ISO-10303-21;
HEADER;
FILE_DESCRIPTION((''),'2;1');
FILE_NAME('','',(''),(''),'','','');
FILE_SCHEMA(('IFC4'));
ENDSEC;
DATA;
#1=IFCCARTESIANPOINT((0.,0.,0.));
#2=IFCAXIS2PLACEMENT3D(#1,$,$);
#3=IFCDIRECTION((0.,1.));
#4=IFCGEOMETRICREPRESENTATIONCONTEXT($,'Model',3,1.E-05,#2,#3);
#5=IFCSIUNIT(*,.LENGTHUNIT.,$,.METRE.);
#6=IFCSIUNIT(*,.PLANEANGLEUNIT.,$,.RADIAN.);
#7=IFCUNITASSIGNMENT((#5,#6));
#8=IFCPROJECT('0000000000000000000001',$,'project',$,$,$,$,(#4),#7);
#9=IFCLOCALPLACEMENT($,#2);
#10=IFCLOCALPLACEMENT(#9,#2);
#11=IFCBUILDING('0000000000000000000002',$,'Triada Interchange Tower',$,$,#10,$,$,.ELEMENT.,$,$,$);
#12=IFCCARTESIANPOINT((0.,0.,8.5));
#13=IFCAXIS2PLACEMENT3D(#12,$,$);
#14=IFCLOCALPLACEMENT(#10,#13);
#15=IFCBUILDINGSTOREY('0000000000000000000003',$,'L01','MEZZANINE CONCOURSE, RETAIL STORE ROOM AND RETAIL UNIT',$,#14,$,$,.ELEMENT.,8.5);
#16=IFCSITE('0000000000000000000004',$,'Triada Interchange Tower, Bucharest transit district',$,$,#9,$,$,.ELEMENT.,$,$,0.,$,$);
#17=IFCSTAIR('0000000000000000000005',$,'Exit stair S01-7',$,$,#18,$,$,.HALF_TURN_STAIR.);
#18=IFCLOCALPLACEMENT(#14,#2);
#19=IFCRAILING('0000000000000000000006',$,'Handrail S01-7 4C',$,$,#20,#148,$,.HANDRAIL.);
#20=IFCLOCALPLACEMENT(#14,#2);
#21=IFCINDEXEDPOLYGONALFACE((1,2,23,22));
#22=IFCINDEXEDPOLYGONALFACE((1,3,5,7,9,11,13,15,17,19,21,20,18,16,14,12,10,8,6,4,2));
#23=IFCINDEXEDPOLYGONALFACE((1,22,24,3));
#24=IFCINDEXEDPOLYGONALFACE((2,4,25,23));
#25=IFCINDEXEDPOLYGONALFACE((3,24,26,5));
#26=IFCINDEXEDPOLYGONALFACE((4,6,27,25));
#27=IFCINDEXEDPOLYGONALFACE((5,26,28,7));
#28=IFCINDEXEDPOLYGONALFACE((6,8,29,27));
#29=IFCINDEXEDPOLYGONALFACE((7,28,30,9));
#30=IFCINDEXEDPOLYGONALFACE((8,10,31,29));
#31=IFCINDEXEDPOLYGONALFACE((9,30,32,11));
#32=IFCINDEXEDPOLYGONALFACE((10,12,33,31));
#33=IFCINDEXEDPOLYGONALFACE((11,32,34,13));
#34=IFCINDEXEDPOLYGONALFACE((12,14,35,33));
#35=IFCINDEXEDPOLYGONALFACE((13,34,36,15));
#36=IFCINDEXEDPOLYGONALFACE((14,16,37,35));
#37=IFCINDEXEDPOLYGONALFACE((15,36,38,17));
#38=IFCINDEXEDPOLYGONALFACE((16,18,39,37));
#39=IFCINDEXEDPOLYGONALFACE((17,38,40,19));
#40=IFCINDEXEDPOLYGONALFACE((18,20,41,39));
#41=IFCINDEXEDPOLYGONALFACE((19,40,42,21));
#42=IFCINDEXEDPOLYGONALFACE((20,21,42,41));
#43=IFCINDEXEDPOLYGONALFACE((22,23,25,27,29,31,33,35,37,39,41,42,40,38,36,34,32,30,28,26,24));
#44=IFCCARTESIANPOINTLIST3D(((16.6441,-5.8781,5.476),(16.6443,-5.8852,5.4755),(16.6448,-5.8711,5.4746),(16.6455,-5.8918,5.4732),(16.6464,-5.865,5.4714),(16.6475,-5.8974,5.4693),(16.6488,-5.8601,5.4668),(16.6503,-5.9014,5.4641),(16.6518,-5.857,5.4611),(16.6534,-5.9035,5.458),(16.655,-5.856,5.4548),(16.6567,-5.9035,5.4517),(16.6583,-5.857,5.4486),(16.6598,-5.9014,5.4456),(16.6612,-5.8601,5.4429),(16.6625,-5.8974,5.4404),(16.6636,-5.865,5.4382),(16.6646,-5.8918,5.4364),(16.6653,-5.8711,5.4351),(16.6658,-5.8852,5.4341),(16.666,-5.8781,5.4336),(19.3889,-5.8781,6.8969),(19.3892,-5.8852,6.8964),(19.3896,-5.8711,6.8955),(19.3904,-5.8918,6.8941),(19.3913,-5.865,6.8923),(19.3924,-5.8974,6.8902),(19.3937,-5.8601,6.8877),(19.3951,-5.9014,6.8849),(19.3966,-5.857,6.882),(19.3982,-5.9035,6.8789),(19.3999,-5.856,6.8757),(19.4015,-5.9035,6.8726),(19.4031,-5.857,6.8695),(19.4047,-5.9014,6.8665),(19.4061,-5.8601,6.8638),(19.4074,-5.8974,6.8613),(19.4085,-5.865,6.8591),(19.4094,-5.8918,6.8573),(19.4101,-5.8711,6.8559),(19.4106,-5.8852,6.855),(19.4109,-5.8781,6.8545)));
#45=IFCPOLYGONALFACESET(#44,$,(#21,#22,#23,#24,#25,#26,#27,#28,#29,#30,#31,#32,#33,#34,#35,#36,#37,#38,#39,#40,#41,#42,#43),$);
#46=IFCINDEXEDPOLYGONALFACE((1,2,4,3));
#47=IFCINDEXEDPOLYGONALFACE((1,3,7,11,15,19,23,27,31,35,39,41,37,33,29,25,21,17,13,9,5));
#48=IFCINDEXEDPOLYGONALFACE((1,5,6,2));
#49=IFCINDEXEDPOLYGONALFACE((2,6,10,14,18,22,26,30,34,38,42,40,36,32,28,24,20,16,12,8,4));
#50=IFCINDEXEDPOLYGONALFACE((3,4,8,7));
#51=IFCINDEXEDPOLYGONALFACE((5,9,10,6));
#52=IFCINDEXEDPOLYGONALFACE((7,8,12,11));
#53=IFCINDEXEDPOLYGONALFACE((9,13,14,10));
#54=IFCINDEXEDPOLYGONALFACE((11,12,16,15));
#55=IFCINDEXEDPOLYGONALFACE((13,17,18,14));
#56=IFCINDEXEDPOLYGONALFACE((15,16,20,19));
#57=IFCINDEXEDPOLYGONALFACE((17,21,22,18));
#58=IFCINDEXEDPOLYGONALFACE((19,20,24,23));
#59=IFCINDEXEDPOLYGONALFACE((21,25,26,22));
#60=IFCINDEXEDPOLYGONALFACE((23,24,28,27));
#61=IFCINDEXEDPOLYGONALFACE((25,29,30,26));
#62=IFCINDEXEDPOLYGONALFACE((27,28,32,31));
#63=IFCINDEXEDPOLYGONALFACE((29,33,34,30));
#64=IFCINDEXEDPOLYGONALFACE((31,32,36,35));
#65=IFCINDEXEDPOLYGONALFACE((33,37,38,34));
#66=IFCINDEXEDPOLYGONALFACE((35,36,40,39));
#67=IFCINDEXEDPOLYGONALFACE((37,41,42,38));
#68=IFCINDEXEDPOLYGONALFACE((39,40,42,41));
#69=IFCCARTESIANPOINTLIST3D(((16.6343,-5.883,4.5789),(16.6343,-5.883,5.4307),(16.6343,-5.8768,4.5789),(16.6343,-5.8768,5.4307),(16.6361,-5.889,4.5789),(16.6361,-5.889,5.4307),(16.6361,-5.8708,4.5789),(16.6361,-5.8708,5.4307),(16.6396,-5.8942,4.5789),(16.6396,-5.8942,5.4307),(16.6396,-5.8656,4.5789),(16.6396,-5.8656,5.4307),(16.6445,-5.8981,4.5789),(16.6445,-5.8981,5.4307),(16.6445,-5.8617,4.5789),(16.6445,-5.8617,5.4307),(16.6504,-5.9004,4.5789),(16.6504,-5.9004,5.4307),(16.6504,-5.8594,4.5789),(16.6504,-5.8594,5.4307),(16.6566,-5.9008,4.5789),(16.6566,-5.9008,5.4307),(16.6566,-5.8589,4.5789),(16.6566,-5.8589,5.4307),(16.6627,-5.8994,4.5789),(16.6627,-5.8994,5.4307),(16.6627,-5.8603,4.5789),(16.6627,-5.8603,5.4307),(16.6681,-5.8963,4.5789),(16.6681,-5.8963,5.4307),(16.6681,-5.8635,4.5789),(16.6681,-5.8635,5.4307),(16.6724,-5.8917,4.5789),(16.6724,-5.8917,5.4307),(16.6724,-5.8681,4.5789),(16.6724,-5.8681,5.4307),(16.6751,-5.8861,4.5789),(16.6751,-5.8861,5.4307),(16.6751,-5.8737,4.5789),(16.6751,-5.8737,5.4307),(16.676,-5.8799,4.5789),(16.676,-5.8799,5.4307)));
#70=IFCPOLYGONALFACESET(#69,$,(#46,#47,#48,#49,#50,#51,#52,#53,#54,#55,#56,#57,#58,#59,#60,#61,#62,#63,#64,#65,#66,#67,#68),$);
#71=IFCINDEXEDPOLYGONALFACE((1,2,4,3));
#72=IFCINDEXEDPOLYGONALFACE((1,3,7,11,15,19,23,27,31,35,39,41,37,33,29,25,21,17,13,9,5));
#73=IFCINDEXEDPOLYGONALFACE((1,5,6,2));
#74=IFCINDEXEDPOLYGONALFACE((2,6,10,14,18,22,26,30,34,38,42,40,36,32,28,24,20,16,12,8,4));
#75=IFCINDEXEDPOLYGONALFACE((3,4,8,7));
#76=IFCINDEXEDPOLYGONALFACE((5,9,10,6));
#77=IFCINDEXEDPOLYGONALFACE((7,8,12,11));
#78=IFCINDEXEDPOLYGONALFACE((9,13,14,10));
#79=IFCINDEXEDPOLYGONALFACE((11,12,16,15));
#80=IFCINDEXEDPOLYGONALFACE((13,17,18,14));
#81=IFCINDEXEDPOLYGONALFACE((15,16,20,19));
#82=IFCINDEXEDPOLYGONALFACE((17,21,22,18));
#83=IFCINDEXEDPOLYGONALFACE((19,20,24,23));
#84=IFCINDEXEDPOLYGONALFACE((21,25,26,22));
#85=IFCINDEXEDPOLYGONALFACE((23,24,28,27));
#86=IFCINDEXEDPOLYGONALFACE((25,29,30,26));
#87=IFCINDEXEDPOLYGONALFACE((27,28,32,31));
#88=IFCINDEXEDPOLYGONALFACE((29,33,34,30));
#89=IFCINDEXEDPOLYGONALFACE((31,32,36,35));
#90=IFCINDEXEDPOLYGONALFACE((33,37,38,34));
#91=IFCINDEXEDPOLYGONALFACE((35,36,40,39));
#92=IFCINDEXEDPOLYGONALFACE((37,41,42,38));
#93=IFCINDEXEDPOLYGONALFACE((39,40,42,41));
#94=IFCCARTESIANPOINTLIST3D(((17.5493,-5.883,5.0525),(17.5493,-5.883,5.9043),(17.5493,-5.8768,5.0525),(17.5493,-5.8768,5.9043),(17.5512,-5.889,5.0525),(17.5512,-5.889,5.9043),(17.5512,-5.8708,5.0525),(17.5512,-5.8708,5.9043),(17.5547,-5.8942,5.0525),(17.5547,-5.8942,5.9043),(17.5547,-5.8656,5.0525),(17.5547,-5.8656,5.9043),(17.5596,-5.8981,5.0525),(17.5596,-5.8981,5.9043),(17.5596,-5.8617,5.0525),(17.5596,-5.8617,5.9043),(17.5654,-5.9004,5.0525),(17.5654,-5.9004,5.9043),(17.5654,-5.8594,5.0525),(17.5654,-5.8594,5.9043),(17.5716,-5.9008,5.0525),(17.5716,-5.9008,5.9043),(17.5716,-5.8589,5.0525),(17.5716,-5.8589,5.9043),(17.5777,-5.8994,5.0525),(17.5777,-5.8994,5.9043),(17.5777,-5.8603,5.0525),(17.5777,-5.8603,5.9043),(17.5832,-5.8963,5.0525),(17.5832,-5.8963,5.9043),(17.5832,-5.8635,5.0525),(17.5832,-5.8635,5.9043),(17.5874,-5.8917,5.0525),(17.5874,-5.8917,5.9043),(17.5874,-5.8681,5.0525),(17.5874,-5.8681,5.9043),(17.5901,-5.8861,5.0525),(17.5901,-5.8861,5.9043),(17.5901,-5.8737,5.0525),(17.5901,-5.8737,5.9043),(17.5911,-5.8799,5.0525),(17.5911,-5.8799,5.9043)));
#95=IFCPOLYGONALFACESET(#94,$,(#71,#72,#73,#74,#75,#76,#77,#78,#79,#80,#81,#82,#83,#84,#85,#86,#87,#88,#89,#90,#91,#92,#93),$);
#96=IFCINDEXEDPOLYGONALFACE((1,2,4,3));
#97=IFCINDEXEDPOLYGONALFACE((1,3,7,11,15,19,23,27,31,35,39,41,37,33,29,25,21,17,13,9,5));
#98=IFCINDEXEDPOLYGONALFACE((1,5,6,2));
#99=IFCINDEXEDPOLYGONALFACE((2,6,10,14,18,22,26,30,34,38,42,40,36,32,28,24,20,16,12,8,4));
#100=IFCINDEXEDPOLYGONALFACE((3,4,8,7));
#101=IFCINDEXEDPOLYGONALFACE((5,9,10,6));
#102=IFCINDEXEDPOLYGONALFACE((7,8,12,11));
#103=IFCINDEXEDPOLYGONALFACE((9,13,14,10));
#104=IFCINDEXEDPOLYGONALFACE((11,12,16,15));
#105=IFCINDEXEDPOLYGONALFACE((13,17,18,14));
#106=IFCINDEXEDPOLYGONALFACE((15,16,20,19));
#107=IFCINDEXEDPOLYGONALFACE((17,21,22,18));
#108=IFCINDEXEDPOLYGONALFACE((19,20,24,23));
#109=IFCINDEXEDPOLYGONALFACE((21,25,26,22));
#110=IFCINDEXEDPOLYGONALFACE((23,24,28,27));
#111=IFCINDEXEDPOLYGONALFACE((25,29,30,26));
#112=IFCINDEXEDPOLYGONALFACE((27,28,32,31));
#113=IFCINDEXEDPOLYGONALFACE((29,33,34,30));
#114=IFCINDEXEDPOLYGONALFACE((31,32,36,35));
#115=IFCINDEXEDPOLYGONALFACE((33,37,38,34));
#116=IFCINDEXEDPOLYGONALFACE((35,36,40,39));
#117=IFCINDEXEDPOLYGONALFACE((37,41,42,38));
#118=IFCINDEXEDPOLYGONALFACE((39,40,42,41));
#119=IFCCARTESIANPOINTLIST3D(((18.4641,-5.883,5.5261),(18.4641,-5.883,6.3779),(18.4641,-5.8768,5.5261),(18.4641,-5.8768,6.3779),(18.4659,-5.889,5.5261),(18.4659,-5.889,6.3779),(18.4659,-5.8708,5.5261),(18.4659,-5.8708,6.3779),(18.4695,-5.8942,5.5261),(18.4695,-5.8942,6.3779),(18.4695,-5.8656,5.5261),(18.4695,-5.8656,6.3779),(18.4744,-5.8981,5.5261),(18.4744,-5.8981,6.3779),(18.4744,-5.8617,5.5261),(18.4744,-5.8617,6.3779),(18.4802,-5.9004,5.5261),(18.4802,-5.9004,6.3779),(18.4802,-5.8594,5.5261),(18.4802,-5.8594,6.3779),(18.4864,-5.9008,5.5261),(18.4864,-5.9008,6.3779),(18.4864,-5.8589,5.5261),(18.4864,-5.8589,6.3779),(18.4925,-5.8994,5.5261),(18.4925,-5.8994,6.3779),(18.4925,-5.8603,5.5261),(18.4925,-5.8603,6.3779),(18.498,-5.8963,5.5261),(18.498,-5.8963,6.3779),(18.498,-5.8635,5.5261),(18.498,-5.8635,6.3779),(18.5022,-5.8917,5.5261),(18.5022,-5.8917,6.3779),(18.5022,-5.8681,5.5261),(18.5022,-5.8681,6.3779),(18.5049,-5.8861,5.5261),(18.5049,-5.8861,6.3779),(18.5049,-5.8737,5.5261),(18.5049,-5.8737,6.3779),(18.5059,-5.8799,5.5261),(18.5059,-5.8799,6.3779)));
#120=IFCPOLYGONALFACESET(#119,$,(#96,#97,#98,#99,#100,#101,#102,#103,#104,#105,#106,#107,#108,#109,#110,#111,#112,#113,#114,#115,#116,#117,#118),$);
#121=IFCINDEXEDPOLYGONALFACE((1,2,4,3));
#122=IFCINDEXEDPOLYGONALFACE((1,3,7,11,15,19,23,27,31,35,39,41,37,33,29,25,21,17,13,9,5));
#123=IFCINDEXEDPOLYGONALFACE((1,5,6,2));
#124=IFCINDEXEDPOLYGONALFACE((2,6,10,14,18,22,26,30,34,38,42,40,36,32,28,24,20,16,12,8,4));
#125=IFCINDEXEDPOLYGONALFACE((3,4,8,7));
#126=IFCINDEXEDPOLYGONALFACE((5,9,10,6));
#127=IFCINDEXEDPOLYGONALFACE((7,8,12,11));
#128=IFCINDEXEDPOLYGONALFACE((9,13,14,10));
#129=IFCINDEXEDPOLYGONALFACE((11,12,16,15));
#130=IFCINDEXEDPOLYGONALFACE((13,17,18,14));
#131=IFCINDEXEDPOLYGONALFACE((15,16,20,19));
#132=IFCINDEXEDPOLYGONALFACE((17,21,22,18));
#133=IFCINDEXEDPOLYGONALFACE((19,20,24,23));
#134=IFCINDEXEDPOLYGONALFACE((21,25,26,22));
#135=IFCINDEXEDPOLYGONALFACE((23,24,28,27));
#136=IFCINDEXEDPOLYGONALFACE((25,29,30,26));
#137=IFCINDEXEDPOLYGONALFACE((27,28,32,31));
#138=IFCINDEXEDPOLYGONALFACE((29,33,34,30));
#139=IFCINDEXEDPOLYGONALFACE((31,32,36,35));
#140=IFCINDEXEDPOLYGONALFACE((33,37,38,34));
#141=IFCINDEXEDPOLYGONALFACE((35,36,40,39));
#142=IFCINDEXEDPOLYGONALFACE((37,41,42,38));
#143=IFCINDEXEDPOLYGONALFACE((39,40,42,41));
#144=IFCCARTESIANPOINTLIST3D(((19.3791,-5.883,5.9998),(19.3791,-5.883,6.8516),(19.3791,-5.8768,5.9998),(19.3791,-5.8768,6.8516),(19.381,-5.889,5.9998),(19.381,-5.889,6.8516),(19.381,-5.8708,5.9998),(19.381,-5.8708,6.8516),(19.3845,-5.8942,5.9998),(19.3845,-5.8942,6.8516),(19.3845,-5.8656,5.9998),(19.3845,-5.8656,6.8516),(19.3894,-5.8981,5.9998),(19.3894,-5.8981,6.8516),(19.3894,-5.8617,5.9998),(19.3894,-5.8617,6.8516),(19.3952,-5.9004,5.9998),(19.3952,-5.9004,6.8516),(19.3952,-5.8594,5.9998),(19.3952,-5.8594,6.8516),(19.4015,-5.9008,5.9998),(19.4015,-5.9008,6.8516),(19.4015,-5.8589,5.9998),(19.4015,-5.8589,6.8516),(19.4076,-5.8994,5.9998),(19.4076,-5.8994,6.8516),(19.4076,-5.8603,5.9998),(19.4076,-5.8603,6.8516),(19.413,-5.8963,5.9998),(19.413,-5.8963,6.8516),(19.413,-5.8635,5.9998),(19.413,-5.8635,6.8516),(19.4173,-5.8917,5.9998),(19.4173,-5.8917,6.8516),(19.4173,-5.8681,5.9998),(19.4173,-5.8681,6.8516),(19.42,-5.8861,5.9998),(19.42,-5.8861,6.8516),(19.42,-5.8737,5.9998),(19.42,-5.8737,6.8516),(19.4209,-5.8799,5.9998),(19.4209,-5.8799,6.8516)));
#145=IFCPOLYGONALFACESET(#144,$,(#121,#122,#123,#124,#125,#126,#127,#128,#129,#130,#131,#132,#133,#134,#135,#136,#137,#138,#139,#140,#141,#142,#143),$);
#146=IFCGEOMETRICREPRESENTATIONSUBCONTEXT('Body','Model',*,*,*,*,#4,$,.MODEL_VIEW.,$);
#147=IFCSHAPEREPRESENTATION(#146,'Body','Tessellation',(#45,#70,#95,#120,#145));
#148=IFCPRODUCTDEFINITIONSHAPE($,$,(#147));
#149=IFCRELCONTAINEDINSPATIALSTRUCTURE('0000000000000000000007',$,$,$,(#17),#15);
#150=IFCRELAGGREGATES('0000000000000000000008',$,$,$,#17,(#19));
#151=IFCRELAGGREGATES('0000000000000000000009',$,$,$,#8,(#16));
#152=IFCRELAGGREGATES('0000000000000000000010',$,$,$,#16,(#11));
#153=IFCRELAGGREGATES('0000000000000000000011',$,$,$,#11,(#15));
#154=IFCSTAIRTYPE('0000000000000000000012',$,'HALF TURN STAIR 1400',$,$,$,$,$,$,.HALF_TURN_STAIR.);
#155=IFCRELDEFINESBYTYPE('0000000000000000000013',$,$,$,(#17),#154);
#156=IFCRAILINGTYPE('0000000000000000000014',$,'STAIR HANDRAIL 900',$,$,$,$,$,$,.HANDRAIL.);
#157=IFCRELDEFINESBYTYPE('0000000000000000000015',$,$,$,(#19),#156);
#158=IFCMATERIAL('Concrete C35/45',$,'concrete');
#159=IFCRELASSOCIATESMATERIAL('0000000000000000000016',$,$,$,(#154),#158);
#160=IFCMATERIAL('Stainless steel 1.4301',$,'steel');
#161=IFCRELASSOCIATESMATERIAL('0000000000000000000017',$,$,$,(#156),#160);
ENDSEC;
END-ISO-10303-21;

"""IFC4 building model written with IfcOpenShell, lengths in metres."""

from ifc_helpers import new_model, si_unit, direction, frame, origin, origin_2d, place, context, subcontext, project, spatial, circle, extrude, material, type_object, element, aggregate, save


model = new_model("IFC4")

# Units and contexts
model_context = context("Model", 3, precision=1e-05, world=origin(), true_north=direction((0.0, 1.0)))
body_context = subcontext(model_context, "Body", "Model", "MODEL_VIEW")
ifc_project = project(units=[si_unit("LENGTHUNIT", "METRE"), si_unit("PLANEANGLEUNIT", "RADIAN")], contexts=[model_context])

# Site, building, storey
site_placement = place(None, origin())
site = spatial("IfcSite", under=ifc_project, at=site_placement, Name="Triada Interchange Tower, Bucharest transit district", CompositionType="ELEMENT", RefElevation=0.0)
building_placement = place(site_placement, origin())
building = spatial("IfcBuilding", under=site, at=building_placement, Name="Triada Interchange Tower", CompositionType="ELEMENT")
storey_placement = place(building_placement, frame((0.0, 0.0, 8.5)))
storey = spatial("IfcBuildingStorey", under=building, at=storey_placement, Name="L01", Description="MEZZANINE CONCOURSE, RETAIL STORE ROOM AND RETAIL UNIT", CompositionType="ELEMENT", Elevation=8.5)

# Shared definitions
ifc_material_1 = material(Name="Concrete C35/45", Category="concrete")

# Shared definitions
stair_type = type_object("IfcStairType", Name="HALF TURN STAIR 1400", PredefinedType="HALF_TURN_STAIR", material=ifc_material_1)

# Stair
stair_1_placement = place(storey_placement, origin())
stair_1 = element("IfcStair", 1, at=stair_1_placement, inside=storey, type_object=stair_type, Name="Exit stair S01-7", PredefinedType="HALF_TURN_STAIR")

# Railing
ifc_material_2 = material(Name="Stainless steel 1.4301", Category="steel")
railing_type_1 = type_object("IfcRailingType", Name="STAIR HANDRAIL 900", PredefinedType="HANDRAIL", material=ifc_material_2)
railing_1_placement = place(storey_placement, frame((16.655, -5.8799, 4.5789)))
railing_1 = element("IfcRailing", 2, at=railing_1_placement, type_object=railing_type_1, Name="Handrail S01-7 4C", PredefinedType="HANDRAIL", context=body_context, shape_type="SweptSolid", body=[
    extrude(circle(Radius=0.0239, at=origin_2d()), frame((0.0, 0.0, 0.876), z_axis=(0.888068, 0.0, 0.459713), x_axis=(0.0, 1.0, 0.0)), (0.0, 0.0, 1.0), 3.0908),
    extrude(circle(Radius=0.021, at=origin_2d()), origin(), (0.0, 0.0, 1.0), 0.8518),
    extrude(circle(Radius=0.021, at=origin_2d()), frame((0.915, 0.0, 0.4736)), (0.0, 0.0, 1.0), 0.8518),
    extrude(circle(Radius=0.021, at=origin_2d()), frame((1.8298, 0.0, 0.9473)), (0.0, 0.0, 1.0), 0.8518),
    extrude(circle(Radius=0.021, at=origin_2d()), frame((2.7449, 0.0, 1.4209)), (0.0, 0.0, 1.0), 0.8518),
])
aggregate(stair_1, [railing_1])

save(model, "model.ifc")
